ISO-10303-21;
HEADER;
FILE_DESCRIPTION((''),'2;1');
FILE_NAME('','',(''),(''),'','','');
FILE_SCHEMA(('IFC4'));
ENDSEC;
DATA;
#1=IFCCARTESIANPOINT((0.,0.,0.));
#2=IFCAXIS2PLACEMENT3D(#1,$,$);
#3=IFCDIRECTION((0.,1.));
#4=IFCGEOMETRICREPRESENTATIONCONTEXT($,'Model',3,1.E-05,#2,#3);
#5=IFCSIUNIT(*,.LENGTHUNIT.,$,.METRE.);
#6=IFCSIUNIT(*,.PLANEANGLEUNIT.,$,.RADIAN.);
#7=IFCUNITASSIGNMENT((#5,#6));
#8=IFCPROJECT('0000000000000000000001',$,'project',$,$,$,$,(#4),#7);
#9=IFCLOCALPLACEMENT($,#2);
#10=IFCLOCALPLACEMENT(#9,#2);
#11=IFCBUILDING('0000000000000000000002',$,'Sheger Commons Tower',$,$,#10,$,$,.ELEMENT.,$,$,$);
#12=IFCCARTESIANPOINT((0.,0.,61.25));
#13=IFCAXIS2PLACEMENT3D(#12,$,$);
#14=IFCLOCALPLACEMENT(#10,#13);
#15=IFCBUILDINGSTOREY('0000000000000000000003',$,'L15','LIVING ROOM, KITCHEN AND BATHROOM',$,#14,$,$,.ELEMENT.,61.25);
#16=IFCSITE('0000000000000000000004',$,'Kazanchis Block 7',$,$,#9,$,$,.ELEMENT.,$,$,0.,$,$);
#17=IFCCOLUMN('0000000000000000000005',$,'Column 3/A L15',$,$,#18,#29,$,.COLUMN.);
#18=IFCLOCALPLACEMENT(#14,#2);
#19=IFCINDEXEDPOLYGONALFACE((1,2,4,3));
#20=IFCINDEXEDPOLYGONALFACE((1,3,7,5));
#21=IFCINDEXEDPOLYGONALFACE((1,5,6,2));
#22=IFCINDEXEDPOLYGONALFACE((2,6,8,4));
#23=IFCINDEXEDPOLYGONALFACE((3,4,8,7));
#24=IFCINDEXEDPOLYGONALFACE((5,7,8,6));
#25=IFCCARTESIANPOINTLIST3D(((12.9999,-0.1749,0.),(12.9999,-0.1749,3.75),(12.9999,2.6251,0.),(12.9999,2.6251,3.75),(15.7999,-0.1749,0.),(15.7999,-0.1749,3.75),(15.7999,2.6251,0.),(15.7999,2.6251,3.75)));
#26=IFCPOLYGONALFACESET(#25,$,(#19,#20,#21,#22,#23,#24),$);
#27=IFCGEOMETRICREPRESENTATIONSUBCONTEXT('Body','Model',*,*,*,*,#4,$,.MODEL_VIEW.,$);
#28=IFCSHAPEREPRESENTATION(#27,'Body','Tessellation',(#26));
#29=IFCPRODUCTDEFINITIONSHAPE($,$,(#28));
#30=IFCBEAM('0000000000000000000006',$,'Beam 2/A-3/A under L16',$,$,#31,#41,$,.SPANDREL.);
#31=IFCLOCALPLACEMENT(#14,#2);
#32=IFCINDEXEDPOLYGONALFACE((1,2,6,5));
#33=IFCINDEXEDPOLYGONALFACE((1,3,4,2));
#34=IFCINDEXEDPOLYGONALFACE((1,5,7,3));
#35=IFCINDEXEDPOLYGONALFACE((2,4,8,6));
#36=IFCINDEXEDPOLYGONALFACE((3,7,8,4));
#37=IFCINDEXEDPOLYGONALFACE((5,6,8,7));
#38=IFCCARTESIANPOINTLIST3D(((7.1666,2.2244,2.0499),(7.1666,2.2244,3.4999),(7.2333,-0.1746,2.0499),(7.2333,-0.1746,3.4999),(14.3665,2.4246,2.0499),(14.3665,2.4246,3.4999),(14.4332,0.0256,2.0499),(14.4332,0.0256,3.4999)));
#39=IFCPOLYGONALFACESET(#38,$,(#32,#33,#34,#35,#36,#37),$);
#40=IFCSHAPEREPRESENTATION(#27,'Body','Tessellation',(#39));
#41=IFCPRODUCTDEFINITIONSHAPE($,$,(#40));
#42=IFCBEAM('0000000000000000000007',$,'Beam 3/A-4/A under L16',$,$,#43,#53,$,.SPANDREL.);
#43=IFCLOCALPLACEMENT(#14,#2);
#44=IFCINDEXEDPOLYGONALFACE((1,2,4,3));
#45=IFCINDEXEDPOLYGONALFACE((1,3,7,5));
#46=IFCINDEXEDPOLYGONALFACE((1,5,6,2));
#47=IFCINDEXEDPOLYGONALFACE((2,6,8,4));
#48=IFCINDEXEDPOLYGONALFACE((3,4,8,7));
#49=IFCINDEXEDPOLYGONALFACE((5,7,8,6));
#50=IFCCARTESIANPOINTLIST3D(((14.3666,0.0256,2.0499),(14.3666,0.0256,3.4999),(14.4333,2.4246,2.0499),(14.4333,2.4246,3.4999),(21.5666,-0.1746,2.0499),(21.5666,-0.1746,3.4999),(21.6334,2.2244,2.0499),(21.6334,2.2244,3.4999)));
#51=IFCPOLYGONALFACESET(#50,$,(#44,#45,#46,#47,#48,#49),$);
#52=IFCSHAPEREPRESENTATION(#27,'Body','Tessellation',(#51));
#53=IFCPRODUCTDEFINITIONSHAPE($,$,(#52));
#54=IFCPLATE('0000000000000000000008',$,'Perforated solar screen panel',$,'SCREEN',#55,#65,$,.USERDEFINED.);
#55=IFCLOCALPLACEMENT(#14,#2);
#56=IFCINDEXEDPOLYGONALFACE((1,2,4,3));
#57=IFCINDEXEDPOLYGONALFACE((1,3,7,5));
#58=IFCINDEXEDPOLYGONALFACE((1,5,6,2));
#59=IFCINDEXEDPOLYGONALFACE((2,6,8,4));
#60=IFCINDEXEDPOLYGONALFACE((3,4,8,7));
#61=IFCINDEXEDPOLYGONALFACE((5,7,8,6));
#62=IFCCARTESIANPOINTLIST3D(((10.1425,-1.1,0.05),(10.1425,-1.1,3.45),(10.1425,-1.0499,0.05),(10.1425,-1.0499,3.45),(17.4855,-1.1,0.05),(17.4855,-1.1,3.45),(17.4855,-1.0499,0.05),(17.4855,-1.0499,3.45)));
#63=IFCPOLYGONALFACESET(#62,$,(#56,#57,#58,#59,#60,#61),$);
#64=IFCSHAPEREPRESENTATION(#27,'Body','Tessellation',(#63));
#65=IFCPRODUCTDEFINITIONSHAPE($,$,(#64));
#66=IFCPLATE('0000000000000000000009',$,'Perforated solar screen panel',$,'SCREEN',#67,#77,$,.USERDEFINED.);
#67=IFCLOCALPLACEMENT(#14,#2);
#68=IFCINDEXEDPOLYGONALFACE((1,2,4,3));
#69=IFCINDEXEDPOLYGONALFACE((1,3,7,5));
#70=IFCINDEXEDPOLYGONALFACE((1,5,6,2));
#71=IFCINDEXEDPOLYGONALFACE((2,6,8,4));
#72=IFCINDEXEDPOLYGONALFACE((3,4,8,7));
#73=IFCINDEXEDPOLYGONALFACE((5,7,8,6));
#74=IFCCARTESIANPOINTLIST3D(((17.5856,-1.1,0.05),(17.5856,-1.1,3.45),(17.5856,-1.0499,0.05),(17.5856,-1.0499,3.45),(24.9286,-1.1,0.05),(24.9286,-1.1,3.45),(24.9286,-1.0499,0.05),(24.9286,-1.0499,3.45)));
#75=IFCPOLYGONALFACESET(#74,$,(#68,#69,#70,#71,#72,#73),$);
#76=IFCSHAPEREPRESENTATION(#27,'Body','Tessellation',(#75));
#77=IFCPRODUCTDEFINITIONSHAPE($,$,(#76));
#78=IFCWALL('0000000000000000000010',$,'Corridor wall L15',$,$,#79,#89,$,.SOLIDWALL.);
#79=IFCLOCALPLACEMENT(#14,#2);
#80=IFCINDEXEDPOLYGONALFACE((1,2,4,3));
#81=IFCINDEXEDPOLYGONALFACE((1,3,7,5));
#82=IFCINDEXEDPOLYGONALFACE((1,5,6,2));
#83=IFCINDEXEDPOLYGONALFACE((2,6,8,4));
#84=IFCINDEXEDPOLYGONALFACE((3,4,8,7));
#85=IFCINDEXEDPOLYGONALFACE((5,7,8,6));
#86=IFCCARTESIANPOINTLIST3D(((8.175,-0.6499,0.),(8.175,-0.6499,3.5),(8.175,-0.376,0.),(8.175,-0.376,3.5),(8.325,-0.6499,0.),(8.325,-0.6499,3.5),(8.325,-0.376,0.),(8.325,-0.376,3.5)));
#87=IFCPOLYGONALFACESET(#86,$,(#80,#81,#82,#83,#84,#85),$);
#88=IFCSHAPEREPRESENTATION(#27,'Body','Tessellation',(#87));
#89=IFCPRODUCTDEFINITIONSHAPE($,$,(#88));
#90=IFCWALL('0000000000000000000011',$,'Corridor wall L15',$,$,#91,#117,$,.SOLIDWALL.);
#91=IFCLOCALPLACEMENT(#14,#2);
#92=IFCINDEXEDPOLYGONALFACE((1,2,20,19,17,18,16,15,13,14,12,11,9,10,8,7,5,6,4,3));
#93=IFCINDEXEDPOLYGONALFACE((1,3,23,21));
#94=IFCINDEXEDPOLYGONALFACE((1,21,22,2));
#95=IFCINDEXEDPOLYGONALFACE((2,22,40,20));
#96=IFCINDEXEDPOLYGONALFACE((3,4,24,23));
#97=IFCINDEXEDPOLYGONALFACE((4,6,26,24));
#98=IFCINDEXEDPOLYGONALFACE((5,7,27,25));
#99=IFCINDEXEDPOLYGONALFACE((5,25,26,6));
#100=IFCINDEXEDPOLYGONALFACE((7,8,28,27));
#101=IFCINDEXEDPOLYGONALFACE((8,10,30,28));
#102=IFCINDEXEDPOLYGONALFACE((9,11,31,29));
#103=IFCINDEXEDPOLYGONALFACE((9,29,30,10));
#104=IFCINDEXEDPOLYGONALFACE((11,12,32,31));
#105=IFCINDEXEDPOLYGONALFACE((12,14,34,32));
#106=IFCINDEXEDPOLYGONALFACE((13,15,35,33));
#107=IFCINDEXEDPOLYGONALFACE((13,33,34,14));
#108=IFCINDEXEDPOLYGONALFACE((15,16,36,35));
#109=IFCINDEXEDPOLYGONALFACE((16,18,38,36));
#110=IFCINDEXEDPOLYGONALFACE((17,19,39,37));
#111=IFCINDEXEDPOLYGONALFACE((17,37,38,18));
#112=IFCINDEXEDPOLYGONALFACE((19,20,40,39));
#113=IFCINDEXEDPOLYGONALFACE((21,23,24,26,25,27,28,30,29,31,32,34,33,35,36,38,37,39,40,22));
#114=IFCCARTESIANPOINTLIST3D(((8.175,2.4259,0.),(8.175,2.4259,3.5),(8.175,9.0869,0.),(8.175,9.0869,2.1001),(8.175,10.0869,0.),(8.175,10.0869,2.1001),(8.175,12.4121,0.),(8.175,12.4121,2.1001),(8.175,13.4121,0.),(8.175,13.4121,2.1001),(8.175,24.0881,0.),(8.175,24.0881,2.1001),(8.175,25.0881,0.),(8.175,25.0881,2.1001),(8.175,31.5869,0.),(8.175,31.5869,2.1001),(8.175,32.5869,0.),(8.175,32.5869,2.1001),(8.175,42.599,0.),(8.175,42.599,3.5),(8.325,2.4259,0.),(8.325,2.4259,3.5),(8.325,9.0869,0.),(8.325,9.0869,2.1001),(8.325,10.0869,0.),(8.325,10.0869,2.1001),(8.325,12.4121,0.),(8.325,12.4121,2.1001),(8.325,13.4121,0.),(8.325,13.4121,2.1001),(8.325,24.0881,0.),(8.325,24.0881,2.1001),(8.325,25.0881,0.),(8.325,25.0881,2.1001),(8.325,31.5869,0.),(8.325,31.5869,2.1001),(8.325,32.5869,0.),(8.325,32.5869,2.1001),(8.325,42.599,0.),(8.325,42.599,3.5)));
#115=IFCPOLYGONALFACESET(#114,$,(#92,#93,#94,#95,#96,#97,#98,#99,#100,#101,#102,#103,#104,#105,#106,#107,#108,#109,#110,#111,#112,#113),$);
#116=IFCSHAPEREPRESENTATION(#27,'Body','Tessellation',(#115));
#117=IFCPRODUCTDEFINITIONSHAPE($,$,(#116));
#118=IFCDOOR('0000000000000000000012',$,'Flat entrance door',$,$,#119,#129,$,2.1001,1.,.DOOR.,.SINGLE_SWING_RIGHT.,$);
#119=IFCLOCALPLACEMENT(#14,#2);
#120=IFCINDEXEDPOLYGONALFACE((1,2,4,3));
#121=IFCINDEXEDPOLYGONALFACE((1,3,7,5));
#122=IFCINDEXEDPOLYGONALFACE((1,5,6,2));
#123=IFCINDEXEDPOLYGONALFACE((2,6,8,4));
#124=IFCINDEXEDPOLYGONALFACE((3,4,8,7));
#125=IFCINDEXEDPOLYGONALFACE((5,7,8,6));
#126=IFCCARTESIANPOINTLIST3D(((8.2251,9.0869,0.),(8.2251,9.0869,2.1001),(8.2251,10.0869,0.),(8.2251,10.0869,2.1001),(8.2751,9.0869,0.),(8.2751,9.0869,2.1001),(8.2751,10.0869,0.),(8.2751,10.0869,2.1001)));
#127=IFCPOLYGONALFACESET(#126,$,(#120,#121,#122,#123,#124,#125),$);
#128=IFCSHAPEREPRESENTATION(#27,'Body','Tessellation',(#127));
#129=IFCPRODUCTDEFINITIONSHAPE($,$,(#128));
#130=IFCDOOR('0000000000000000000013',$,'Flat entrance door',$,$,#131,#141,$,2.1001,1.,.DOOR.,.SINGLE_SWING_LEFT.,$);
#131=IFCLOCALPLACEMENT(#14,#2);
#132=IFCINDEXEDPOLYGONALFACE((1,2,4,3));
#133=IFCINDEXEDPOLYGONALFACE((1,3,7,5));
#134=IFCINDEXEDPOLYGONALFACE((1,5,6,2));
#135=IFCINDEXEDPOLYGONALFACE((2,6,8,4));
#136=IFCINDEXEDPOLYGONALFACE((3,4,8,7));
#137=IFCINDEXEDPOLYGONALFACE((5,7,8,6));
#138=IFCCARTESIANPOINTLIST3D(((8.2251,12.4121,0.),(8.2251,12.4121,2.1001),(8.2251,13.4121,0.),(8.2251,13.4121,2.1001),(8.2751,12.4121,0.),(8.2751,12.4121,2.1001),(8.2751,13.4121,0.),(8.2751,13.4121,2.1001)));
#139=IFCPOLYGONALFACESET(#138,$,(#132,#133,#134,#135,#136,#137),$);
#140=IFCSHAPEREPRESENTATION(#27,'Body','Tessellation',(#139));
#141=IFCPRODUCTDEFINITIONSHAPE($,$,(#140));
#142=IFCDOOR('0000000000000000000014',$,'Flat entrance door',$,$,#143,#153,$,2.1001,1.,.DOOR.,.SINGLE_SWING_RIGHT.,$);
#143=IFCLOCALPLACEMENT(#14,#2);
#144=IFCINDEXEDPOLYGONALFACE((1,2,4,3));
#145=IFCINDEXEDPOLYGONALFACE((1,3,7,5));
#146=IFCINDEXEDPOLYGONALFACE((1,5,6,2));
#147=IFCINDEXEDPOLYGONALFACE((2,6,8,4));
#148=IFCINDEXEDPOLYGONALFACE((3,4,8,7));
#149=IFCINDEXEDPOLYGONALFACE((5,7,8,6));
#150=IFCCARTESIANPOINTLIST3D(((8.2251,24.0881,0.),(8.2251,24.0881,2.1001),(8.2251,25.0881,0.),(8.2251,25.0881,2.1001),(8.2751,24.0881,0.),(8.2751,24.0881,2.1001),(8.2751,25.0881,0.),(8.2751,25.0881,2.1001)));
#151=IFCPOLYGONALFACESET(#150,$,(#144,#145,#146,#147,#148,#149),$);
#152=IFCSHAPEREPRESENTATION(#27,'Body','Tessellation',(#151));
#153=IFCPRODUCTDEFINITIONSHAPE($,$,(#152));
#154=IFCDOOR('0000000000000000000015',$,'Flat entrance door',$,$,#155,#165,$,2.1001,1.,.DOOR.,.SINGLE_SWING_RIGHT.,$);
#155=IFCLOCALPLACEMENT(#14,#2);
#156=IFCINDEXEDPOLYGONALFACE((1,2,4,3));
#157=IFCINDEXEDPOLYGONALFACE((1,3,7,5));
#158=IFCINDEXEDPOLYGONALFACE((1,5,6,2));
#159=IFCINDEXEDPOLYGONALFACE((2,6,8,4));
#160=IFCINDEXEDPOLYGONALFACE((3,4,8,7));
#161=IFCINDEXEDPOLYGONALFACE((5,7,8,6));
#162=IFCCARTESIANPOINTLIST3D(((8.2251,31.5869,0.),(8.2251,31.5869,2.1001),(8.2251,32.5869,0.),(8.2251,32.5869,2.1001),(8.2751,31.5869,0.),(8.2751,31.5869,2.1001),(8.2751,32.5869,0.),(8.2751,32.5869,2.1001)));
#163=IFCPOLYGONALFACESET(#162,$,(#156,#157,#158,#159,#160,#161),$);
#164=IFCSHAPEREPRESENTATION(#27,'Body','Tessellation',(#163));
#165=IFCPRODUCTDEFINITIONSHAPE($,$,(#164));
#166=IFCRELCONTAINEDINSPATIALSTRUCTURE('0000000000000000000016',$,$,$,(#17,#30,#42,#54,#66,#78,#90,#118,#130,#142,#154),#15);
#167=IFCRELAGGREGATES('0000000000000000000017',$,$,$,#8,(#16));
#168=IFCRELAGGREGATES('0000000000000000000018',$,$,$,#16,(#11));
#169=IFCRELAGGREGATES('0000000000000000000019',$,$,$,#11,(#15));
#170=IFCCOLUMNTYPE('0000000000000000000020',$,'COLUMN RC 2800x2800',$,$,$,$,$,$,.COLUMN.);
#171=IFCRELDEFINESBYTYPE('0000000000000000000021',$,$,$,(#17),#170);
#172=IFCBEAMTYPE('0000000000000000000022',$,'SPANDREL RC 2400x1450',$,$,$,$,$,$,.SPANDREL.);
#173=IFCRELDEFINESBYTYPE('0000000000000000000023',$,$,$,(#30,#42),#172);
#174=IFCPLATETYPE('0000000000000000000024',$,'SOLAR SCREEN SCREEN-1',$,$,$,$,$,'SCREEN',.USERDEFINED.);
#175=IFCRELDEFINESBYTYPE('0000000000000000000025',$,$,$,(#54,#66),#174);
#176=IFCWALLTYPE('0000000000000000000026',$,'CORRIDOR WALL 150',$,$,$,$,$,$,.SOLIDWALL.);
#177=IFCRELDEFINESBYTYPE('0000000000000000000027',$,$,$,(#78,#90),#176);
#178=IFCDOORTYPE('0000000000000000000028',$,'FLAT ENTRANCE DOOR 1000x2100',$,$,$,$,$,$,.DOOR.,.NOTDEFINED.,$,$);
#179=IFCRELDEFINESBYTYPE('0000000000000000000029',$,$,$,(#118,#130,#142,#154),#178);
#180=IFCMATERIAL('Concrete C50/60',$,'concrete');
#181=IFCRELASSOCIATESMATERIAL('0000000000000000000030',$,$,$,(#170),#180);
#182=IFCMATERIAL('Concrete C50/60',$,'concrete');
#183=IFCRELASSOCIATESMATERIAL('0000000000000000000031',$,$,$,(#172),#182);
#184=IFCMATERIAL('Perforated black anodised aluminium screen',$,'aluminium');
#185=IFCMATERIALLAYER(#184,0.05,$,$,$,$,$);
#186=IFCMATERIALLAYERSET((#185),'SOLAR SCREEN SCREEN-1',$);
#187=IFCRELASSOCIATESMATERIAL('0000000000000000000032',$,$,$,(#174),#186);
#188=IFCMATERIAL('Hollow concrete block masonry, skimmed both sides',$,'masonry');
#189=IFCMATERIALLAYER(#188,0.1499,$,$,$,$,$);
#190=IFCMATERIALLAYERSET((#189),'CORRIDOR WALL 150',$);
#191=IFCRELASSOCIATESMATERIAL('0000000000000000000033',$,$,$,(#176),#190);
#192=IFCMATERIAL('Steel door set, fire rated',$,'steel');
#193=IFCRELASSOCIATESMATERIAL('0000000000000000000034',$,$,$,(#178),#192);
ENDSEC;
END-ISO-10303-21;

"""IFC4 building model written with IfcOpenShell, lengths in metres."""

from ifc_helpers import new_model, si_unit, direction, frame, frame_2d, origin, origin_2d, place, context, subcontext, project, spatial, rectangle, extrude, material, layer, layer_set, material_profile, profile_set, type_object, element, fill, save


model = new_model("IFC4")

# Units and contexts
model_context = context("Model", 3, precision=1e-05, world=origin(), true_north=direction((0.0, 1.0)))
body_context = subcontext(model_context, "Body", "Model", "MODEL_VIEW")
ifc_project = project(units=[si_unit("LENGTHUNIT", "METRE"), si_unit("PLANEANGLEUNIT", "RADIAN")], contexts=[model_context])

# Site, building, storey
site_placement = place(None, origin())
site = spatial("IfcSite", under=ifc_project, at=site_placement, Name="Kazanchis Block 7", CompositionType="ELEMENT", RefElevation=0.0)
building_placement = place(site_placement, origin())
building = spatial("IfcBuilding", under=site, at=building_placement, Name="Sheger Commons Tower", CompositionType="ELEMENT")
storey_placement = place(building_placement, frame((0.0, 0.0, 61.25)))
storey = spatial("IfcBuildingStorey", under=building, at=storey_placement, Name="L15", Description="LIVING ROOM, KITCHEN AND BATHROOM", CompositionType="ELEMENT", Elevation=61.25)

# Column
ifc_material_1 = material(Name="Concrete C50/60", Category="concrete")
ifc_material_profile_1 = material_profile(ifc_material_1, rectangle(XDim=2.8, YDim=2.8, at=origin_2d()), Name="RC 2800x2800")
ifc_profile_set_1 = profile_set([ifc_material_profile_1], Name="Concrete C50/60")
column_type = type_object("IfcColumnType", Name="COLUMN RC 2800x2800", PredefinedType="COLUMN", material=ifc_profile_set_1)
column_placement = place(storey_placement, frame((14.3999, 1.2251, 0.0), z_axis=(0.0, 0.0, 1.0), x_axis=(1.0, 0.0, 0.0)))
element("IfcColumn", 1, at=column_placement, inside=storey, type_object=column_type, Name="Column 3/A L15", PredefinedType="COLUMN", context=body_context, shape_type="SweptSolid", body=[
    extrude(rectangle(XDim=2.8, YDim=2.8, at=origin_2d()), origin(), (0.0, 0.0, 1.0), 3.75),
])

# Beams
ifc_material_2 = material(Name="Concrete C50/60", Category="concrete")
ifc_material_profile_2 = material_profile(ifc_material_2, rectangle(XDim=2.3999, YDim=1.45, at=origin_2d()), Name="RC 2400x1450")
ifc_profile_set_2 = profile_set([ifc_material_profile_2], Name="Concrete C50/60")
beam_type = type_object("IfcBeamType", Name="SPANDREL RC 2400x1450", PredefinedType="SPANDREL", material=ifc_profile_set_2)
beam_1_placement = place(storey_placement, frame((7.2, 1.0249, 2.7749), z_axis=(0.999614, 0.027794, 0.0), x_axis=(-0.027794, 0.999614, 0.0)))
element("IfcBeam", 2, at=beam_1_placement, inside=storey, type_object=beam_type, Name="Beam 2/A-3/A under L16", PredefinedType="SPANDREL", context=body_context, shape_type="SweptSolid", body=[
    extrude(rectangle(XDim=2.3999, YDim=1.45, at=origin_2d()), origin(), (0.0, 0.0, 1.0), 7.2026),
])
beam_2_placement = place(storey_placement, frame((14.3999, 1.2251, 2.7749), z_axis=(0.999614, -0.027793, 0.0), x_axis=(0.027793, 0.999614, 0.0)))
element("IfcBeam", 3, at=beam_2_placement, inside=storey, type_object=beam_type, Name="Beam 3/A-4/A under L16", PredefinedType="SPANDREL", context=body_context, shape_type="SweptSolid", body=[
    extrude(rectangle(XDim=2.3999, YDim=1.45, at=origin_2d()), origin(), (0.0, 0.0, 1.0), 7.2029),
])

# Plates
ifc_material_3 = material(Name="Perforated black anodised aluminium screen", Category="aluminium")
ifc_layer_1 = layer(ifc_material_3, 0.05)
ifc_layer_set_1 = layer_set([ifc_layer_1], Name="SOLAR SCREEN SCREEN-1")
plate_type = type_object("IfcPlateType", Name="SOLAR SCREEN SCREEN-1", ElementType="SCREEN", PredefinedType="USERDEFINED", material=ifc_layer_set_1)
for number, where, z_axis, x_axis, name in (
    (4, (13.814, -1.075, 0.05), (0.0, 0.0, 1.0), (1.0, 0.0, 0.0), "Perforated solar screen panel"),
    (5, (21.2571, -1.075, 0.05), (0.0, 0.0, 1.0), (1.0, 0.0, 0.0), "Perforated solar screen panel"),
):
    element("IfcPlate", number, at=place(storey_placement, frame(where, z_axis=z_axis, x_axis=x_axis)), inside=storey, type_object=plate_type, Name=name, ObjectType="SCREEN", PredefinedType="USERDEFINED", context=body_context, shape_type="SweptSolid", body=[
        extrude(rectangle(XDim=7.343, YDim=0.05, at=origin_2d()), origin(), (0.0, 0.0, 1.0), 3.3999),
    ])

# Wall
ifc_material_4 = material(Name="Hollow concrete block masonry, skimmed both sides", Category="masonry")
ifc_layer_2 = layer(ifc_material_4, 0.1499)
ifc_layer_set_2 = layer_set([ifc_layer_2], Name="CORRIDOR WALL 150")
wall_type_1 = type_object("IfcWallType", Name="CORRIDOR WALL 150", PredefinedType="SOLIDWALL", material=ifc_layer_set_2)
wall_1_placement = place(storey_placement, frame((8.25, -0.6499, 0.0), z_axis=(0.0, 0.0, 1.0), x_axis=(0.0, 1.0, 0.0)))
element("IfcWall", 6, at=wall_1_placement, inside=storey, type_object=wall_type_1, Name="Corridor wall L15", PredefinedType="SOLIDWALL", context=body_context, shape_type="SweptSolid", body=[
    extrude(rectangle(XDim=0.2739, YDim=0.1499, at=frame_2d((0.137, 0.0))), origin(), (0.0, 0.0, 1.0), 3.5),
])

# Wall, openings, doors
wall_2_placement = place(storey_placement, frame((8.25, 2.426, 0.0), z_axis=(0.0, 0.0, 1.0), x_axis=(0.0, 1.0, 0.0)))
wall_2 = element("IfcWall", 7, at=wall_2_placement, inside=storey, type_object=wall_type_1, Name="Corridor wall L15", PredefinedType="SOLIDWALL", context=body_context, shape_type="SweptSolid", body=[
    extrude(rectangle(XDim=40.1731, YDim=0.1499, at=frame_2d((20.0864, 0.0))), origin(), (0.0, 0.0, 1.0), 3.5),
])
opening_1_placement = place(wall_2_placement, frame((6.6609, 0.0, 0.0)))
opening_1 = element("IfcOpeningElement", 8, at=opening_1_placement, cuts=wall_2, PredefinedType="OPENING", context=body_context, shape_type="SweptSolid", body=[
    extrude(rectangle(XDim=1.0, YDim=2.1001, at=frame_2d((0.5, 1.05))), frame((0.0, 0.085, 0.0), z_axis=(0.0, -1.0, 0.0), x_axis=(1.0, 0.0, 0.0)), (0.0, 0.0, 1.0), 0.1699),
])
opening_2_placement = place(wall_2_placement, frame((9.9861, 0.0, 0.0)))
opening_2 = element("IfcOpeningElement", 9, at=opening_2_placement, cuts=wall_2, PredefinedType="OPENING", context=body_context, shape_type="SweptSolid", body=[
    extrude(rectangle(XDim=1.0, YDim=2.1001, at=frame_2d((0.5, 1.05))), frame((0.0, 0.085, 0.0), z_axis=(0.0, -1.0, 0.0), x_axis=(1.0, 0.0, 0.0)), (0.0, 0.0, 1.0), 0.1699),
])
opening_3_placement = place(wall_2_placement, frame((21.6621, 0.0, 0.0)))
opening_3 = element("IfcOpeningElement", 10, at=opening_3_placement, cuts=wall_2, PredefinedType="OPENING", context=body_context, shape_type="SweptSolid", body=[
    extrude(rectangle(XDim=1.0, YDim=2.1001, at=frame_2d((0.5, 1.05))), frame((0.0, 0.085, 0.0), z_axis=(0.0, -1.0, 0.0), x_axis=(1.0, 0.0, 0.0)), (0.0, 0.0, 1.0), 0.1699),
])
opening_4_placement = place(wall_2_placement, frame((29.1609, 0.0, 0.0)))
opening_4 = element("IfcOpeningElement", 11, at=opening_4_placement, cuts=wall_2, PredefinedType="OPENING", context=body_context, shape_type="SweptSolid", body=[
    extrude(rectangle(XDim=1.0, YDim=2.1001, at=frame_2d((0.5, 1.05))), frame((0.0, 0.085, 0.0), z_axis=(0.0, -1.0, 0.0), x_axis=(1.0, 0.0, 0.0)), (0.0, 0.0, 1.0), 0.1699),
])
ifc_material_5 = material(Name="Steel door set, fire rated", Category="steel")
door_type_1 = type_object("IfcDoorType", Name="FLAT ENTRANCE DOOR 1000x2100", OperationType="NOTDEFINED", PredefinedType="DOOR", material=ifc_material_5)
door_1_placement = place(opening_1_placement, origin())
door_1 = element("IfcDoor", 12, at=door_1_placement, inside=storey, type_object=door_type_1, Name="Flat entrance door", OperationType="SINGLE_SWING_RIGHT", OverallHeight=2.1001, OverallWidth=1.0, PredefinedType="DOOR", context=body_context, shape_type="SweptSolid", body=[
    extrude(rectangle(XDim=1.0, YDim=2.1001, at=frame_2d((0.5, 1.05))), frame((0.0, 0.0249, 0.0), z_axis=(0.0, -1.0, 0.0), x_axis=(1.0, 0.0, 0.0)), (0.0, 0.0, 1.0), 0.05),
])
fill(opening_1, door_1)
door_2_placement = place(opening_2_placement, origin())
door_2 = element("IfcDoor", 13, at=door_2_placement, inside=storey, type_object=door_type_1, Name="Flat entrance door", OperationType="SINGLE_SWING_LEFT", OverallHeight=2.1001, OverallWidth=1.0, PredefinedType="DOOR", context=body_context, shape_type="SweptSolid", body=[
    extrude(rectangle(XDim=1.0, YDim=2.1001, at=frame_2d((0.5, 1.05))), frame((0.0, 0.0249, 0.0), z_axis=(0.0, -1.0, 0.0), x_axis=(1.0, 0.0, 0.0)), (0.0, 0.0, 1.0), 0.05),
])
fill(opening_2, door_2)
door_3_placement = place(opening_3_placement, origin())
door_3 = element("IfcDoor", 14, at=door_3_placement, inside=storey, type_object=door_type_1, Name="Flat entrance door", OperationType="SINGLE_SWING_RIGHT", OverallHeight=2.1001, OverallWidth=1.0, PredefinedType="DOOR", context=body_context, shape_type="SweptSolid", body=[
    extrude(rectangle(XDim=1.0, YDim=2.1001, at=frame_2d((0.5, 1.05))), frame((0.0, 0.0249, 0.0), z_axis=(0.0, -1.0, 0.0), x_axis=(1.0, 0.0, 0.0)), (0.0, 0.0, 1.0), 0.05),
])
fill(opening_3, door_3)
door_4_placement = place(opening_4_placement, origin())
door_4 = element("IfcDoor", 15, at=door_4_placement, inside=storey, type_object=door_type_1, Name="Flat entrance door", OperationType="SINGLE_SWING_RIGHT", OverallHeight=2.1001, OverallWidth=1.0, PredefinedType="DOOR", context=body_context, shape_type="SweptSolid", body=[
    extrude(rectangle(XDim=1.0, YDim=2.1001, at=frame_2d((0.5, 1.05))), frame((0.0, 0.0249, 0.0), z_axis=(0.0, -1.0, 0.0), x_axis=(1.0, 0.0, 0.0)), (0.0, 0.0, 1.0), 0.05),
])
fill(opening_4, door_4)

save(model, "model.ifc")
